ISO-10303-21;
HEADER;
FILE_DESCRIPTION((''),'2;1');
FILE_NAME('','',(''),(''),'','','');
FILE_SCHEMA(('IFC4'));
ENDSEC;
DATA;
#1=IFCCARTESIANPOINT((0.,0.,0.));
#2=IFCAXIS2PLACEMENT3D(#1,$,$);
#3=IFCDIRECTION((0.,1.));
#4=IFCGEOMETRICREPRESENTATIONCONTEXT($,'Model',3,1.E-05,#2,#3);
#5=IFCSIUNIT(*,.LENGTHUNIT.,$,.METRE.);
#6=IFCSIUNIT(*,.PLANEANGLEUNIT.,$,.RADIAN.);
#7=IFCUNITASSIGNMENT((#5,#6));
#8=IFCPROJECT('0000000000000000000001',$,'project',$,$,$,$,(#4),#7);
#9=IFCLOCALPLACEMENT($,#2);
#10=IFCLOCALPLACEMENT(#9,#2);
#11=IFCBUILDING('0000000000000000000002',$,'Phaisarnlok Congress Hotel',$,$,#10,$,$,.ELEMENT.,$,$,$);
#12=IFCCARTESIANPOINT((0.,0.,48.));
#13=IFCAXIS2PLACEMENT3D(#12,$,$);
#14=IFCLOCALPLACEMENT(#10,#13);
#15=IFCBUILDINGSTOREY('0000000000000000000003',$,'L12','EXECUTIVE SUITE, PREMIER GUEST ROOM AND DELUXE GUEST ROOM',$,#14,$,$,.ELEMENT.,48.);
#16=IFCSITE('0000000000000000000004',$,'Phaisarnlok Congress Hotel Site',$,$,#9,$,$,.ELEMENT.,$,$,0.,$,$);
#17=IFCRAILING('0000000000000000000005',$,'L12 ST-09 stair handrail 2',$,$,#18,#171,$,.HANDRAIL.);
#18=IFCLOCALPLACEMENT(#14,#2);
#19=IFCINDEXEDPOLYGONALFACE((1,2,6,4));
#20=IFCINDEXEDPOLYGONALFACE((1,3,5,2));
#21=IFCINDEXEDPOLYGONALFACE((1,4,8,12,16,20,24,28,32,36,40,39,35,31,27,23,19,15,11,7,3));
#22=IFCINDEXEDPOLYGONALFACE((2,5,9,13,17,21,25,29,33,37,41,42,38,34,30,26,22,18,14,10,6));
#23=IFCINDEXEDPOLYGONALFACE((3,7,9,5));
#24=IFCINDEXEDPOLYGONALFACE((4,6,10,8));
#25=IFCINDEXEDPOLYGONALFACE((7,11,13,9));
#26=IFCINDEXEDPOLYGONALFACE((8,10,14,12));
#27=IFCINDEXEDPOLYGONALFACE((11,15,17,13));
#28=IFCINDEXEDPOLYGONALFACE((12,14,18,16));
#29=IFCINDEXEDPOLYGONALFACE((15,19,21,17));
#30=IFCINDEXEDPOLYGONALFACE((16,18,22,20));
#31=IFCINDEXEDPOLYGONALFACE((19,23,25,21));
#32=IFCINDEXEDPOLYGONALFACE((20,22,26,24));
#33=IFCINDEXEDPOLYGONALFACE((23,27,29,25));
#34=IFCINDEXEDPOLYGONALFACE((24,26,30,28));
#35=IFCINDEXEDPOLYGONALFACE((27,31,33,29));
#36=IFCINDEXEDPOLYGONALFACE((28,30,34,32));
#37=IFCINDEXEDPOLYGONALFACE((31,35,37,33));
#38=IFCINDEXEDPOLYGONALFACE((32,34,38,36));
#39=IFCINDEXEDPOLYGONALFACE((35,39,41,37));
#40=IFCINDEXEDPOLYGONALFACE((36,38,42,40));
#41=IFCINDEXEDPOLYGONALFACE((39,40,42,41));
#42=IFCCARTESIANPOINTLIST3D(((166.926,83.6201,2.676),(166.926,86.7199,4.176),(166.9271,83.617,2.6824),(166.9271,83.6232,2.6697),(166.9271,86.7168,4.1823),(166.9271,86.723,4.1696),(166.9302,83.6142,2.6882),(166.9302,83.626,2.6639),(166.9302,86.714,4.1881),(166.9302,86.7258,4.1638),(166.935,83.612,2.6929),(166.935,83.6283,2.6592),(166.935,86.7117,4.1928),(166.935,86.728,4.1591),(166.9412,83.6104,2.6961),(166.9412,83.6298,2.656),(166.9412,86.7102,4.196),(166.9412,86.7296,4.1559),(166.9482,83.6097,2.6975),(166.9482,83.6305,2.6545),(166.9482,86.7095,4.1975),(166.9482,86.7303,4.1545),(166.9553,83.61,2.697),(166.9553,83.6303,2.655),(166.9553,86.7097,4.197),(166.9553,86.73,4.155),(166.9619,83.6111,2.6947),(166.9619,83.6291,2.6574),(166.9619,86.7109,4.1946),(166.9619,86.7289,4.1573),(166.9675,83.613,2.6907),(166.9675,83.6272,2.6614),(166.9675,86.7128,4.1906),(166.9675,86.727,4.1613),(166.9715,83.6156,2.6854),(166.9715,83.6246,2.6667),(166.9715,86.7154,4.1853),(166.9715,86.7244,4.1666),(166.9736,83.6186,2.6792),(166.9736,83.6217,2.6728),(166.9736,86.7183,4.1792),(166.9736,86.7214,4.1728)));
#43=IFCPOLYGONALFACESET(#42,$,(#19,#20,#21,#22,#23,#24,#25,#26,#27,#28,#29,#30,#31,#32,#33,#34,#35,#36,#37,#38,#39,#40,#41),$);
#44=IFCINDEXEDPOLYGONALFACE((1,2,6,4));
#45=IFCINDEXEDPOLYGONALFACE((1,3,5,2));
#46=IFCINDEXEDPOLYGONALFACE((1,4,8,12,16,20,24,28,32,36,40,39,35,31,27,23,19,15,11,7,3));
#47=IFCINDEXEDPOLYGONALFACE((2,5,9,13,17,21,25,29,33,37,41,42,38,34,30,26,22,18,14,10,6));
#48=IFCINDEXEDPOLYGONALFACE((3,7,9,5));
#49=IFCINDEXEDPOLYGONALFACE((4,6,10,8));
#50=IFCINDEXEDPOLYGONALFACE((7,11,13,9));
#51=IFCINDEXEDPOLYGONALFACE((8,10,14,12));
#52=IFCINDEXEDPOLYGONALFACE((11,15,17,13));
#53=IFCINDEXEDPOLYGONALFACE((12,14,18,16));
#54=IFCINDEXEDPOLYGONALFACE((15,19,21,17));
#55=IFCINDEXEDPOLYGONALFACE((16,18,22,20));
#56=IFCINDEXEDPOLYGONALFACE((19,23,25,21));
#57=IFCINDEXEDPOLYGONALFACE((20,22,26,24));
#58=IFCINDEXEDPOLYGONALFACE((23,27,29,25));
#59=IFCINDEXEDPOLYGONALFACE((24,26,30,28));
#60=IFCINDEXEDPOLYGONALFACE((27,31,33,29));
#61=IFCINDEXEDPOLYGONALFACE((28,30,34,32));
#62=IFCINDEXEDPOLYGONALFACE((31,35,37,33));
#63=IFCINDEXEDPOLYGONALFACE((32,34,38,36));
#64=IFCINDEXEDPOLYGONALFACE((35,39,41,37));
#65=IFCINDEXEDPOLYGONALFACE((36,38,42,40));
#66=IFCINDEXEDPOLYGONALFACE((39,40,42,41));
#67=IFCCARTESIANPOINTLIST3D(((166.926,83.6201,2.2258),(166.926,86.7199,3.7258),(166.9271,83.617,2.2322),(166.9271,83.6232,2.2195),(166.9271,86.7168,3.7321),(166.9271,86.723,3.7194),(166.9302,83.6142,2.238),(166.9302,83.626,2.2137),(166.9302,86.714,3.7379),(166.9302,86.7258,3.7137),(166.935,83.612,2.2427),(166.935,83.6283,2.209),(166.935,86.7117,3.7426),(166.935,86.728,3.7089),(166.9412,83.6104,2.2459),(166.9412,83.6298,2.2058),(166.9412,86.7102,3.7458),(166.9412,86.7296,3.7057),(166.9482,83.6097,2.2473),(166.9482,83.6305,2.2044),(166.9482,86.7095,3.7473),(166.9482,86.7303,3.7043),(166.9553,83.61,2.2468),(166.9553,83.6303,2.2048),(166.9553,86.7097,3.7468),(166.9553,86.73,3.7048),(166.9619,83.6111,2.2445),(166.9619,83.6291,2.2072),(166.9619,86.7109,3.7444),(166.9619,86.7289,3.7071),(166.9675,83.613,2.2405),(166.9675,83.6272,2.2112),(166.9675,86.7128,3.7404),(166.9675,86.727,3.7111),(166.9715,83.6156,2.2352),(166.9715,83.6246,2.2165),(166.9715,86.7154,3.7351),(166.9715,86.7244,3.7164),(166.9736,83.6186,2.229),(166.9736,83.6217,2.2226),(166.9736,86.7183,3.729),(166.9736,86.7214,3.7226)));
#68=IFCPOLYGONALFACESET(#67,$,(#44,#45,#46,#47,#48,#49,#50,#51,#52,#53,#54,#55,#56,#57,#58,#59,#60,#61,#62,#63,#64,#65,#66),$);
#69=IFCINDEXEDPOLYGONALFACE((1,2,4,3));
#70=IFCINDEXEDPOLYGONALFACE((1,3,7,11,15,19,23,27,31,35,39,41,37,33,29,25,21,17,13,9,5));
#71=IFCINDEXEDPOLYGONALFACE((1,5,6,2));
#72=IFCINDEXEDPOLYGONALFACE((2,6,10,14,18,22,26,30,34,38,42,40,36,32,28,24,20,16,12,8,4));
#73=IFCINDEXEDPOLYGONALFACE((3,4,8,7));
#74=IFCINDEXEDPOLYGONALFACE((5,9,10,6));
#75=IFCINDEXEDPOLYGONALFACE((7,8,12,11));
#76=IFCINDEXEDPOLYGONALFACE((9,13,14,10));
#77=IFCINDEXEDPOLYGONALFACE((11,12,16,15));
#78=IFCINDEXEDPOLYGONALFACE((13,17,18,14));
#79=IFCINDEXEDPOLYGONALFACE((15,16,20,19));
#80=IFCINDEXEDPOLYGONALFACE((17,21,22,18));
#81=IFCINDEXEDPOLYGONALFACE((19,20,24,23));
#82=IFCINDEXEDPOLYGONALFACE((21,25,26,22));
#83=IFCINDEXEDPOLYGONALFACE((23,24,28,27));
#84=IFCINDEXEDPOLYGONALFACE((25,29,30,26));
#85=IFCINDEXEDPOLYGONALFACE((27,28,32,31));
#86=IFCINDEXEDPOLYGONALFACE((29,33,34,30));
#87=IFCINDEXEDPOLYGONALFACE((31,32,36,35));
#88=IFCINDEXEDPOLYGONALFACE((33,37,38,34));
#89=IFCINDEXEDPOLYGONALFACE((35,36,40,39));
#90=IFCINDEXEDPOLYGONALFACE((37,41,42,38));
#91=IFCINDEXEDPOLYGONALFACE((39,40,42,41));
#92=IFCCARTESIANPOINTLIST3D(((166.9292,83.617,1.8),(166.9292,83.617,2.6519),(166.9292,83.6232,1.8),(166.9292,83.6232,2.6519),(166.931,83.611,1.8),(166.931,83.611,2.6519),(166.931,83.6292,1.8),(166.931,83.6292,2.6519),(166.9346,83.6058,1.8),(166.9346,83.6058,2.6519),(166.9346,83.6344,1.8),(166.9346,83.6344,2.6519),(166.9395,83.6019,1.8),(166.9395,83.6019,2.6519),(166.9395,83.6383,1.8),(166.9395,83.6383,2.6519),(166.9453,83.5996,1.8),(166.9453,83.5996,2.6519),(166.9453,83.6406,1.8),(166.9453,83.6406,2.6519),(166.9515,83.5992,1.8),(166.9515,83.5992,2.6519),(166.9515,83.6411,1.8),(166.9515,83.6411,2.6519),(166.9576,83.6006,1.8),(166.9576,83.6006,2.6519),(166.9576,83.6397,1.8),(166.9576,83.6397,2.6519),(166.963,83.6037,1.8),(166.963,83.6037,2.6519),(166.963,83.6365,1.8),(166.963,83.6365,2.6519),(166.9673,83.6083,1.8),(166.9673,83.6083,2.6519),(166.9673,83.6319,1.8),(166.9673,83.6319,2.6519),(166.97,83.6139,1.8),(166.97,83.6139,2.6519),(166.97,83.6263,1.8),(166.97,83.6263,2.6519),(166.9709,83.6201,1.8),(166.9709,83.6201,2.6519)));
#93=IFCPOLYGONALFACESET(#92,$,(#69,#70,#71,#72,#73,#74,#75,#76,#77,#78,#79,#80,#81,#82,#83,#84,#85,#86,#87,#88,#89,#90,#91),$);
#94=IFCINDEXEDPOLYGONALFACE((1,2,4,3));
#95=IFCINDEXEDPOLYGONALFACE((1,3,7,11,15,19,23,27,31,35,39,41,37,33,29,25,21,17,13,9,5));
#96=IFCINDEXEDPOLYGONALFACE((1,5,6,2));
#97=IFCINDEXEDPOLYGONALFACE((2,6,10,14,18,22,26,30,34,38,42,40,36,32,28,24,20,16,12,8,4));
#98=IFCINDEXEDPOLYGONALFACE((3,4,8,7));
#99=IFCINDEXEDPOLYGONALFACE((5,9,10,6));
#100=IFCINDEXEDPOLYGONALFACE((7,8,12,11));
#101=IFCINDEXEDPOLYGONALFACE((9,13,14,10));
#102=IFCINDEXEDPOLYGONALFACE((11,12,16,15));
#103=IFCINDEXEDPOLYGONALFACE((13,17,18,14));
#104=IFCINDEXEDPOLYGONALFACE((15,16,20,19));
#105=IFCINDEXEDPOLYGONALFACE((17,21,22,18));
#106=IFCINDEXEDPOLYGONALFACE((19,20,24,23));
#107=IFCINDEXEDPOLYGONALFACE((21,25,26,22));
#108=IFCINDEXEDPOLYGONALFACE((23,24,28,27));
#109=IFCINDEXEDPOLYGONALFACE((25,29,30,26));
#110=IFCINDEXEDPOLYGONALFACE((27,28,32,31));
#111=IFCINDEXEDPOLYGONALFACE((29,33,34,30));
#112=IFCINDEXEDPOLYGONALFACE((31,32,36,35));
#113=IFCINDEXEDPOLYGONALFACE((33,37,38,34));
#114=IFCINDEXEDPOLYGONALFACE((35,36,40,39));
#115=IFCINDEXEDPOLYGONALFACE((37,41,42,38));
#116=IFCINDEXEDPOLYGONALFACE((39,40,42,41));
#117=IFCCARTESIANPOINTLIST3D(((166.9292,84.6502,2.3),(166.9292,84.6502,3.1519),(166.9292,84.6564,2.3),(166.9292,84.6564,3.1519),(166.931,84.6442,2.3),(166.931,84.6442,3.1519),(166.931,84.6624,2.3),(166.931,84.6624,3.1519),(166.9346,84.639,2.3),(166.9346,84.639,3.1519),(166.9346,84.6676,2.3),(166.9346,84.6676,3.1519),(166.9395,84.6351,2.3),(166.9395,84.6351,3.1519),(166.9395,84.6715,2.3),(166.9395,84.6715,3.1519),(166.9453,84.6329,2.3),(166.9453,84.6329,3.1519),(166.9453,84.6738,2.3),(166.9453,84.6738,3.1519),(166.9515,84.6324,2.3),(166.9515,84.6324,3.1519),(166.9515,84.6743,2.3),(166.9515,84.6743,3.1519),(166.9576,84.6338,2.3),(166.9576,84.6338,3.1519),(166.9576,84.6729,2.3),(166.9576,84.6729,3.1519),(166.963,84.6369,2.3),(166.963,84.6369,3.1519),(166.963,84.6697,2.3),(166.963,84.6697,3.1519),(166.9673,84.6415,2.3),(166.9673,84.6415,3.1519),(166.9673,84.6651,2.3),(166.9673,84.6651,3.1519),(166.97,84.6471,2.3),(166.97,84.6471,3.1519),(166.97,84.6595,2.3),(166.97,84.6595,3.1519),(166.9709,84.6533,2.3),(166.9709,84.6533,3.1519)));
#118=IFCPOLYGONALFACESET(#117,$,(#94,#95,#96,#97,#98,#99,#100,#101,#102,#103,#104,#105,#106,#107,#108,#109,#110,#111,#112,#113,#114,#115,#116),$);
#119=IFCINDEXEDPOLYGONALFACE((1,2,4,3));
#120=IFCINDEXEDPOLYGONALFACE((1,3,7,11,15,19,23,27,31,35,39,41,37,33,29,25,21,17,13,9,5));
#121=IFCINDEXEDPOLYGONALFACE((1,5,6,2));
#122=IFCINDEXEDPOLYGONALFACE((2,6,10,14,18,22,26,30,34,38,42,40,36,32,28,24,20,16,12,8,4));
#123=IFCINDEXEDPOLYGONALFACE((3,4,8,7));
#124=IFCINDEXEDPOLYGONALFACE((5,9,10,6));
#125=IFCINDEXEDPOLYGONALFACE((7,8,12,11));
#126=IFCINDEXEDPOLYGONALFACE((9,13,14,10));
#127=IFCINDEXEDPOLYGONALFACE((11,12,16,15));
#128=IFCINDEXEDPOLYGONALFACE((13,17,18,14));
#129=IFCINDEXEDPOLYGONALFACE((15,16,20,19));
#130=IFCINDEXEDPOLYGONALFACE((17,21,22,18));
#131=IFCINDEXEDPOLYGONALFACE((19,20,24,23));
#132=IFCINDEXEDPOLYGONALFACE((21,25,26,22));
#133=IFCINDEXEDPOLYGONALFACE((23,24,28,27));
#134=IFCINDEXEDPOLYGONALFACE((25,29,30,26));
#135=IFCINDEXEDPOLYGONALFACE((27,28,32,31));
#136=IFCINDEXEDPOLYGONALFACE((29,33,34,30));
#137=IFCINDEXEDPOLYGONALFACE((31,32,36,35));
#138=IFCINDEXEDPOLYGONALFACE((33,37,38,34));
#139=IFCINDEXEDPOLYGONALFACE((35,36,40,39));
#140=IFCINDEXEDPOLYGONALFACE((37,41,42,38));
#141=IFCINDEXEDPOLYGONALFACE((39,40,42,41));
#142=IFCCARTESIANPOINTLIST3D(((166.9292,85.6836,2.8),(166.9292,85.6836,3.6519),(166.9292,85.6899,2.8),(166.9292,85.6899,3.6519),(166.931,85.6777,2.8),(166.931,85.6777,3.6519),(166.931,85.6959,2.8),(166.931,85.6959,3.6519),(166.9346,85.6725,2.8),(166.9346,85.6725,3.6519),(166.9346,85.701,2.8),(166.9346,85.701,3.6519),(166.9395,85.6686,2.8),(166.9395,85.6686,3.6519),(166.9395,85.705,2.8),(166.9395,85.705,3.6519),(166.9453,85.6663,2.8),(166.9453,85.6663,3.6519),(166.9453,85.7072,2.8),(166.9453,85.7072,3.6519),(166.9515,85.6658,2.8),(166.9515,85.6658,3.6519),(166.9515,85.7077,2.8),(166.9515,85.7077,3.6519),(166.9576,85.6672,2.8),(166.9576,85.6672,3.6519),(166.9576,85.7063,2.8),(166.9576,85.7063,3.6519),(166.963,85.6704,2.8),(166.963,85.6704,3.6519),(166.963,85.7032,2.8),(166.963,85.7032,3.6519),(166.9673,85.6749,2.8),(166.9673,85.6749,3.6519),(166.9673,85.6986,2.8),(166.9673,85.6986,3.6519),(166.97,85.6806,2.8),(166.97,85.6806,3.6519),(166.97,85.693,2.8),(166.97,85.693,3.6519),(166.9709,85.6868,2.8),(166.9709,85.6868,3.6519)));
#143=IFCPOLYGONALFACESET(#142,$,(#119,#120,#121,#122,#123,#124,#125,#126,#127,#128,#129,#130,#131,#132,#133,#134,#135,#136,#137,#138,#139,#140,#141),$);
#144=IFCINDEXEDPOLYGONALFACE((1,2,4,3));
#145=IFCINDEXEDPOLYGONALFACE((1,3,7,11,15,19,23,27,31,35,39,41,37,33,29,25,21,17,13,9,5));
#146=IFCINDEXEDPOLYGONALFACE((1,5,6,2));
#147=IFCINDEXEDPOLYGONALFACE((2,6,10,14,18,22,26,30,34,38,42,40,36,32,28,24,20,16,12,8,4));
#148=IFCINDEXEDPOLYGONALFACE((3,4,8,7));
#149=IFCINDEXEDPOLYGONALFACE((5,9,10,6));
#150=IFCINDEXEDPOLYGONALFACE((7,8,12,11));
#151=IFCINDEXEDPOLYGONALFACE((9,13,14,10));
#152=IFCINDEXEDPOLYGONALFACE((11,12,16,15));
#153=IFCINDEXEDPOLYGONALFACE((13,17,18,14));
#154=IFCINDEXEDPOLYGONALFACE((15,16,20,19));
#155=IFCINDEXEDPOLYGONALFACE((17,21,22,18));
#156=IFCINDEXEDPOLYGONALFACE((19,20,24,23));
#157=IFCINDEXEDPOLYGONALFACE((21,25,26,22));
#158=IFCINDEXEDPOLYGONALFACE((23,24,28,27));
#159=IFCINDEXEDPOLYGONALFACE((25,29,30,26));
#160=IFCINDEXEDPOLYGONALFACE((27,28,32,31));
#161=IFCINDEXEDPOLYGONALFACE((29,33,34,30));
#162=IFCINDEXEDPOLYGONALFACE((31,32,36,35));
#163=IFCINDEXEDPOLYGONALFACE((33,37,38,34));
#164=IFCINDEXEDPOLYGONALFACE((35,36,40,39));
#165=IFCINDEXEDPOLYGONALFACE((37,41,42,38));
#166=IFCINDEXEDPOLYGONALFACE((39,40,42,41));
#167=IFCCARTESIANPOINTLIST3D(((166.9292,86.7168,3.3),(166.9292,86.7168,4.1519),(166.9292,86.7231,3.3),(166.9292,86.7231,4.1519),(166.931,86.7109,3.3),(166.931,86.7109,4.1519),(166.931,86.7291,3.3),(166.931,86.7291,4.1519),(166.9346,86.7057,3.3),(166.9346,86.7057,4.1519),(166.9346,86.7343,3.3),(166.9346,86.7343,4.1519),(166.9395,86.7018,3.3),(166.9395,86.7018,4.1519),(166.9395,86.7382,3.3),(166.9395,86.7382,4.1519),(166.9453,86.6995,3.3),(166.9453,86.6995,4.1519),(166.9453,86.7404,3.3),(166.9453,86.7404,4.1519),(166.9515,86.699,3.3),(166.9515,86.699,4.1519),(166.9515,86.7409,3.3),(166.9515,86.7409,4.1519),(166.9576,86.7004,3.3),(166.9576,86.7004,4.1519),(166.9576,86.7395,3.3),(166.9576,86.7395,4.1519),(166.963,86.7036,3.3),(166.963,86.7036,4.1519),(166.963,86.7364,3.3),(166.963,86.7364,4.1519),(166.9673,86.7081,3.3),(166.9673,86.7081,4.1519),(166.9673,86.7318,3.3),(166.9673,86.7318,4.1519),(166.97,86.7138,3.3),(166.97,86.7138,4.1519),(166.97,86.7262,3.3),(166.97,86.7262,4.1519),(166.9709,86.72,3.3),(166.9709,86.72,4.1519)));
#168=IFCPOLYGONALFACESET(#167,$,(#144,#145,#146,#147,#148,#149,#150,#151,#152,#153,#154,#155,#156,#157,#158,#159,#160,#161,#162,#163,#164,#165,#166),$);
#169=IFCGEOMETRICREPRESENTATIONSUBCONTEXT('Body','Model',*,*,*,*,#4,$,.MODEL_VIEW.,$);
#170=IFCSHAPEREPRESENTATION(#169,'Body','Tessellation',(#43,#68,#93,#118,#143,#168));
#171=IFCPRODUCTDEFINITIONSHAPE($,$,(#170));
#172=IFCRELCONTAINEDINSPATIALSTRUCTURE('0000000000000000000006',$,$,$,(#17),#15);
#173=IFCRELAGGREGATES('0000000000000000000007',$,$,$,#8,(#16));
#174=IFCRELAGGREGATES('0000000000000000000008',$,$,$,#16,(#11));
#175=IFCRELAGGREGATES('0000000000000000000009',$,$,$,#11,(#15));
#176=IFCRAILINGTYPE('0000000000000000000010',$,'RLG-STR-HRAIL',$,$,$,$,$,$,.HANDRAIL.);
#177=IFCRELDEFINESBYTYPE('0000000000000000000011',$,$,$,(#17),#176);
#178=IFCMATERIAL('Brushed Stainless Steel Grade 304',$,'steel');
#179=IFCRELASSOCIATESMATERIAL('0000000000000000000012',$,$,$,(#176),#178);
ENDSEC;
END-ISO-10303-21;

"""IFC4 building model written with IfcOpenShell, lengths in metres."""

from ifc_helpers import new_model, si_unit, direction, frame, origin, origin_2d, place, context, subcontext, project, spatial, circle, extrude, material, type_object, element, save


model = new_model("IFC4")

# Units and contexts
model_context = context("Model", 3, precision=1e-05, world=origin(), true_north=direction((0.0, 1.0)))
body_context = subcontext(model_context, "Body", "Model", "MODEL_VIEW")
ifc_project = project(units=[si_unit("LENGTHUNIT", "METRE"), si_unit("PLANEANGLEUNIT", "RADIAN")], contexts=[model_context])

# Site, building, storey
site_placement = place(None, origin())
site = spatial("IfcSite", under=ifc_project, at=site_placement, Name="Phaisarnlok Congress Hotel Site", CompositionType="ELEMENT", RefElevation=0.0)
building_placement = place(site_placement, origin())
building = spatial("IfcBuilding", under=site, at=building_placement, Name="Phaisarnlok Congress Hotel", CompositionType="ELEMENT")
storey_placement = place(building_placement, frame((0.0, 0.0, 48.0)))
storey = spatial("IfcBuildingStorey", under=building, at=storey_placement, Name="L12", Description="EXECUTIVE SUITE, PREMIER GUEST ROOM AND DELUXE GUEST ROOM", CompositionType="ELEMENT", Elevation=48.0)

# Shared definitions
ifc_material_1 = material(Name="Brushed Stainless Steel Grade 304", Category="steel")

# Railing
railing_type_1 = type_object("IfcRailingType", Name="RLG-STR-HRAIL", PredefinedType="HANDRAIL", material=ifc_material_1)
railing_1_placement = place(storey_placement, frame((166.95, 83.6201, 1.8)))
element("IfcRailing", 1, at=railing_1_placement, inside=storey, type_object=railing_type_1, Name="L12 ST-09 stair handrail 2", PredefinedType="HANDRAIL", context=body_context, shape_type="SweptSolid", body=[
    extrude(circle(Radius=0.0239, at=origin_2d()), frame((0.0, 0.0, 0.876), z_axis=(0.0, 0.900151, 0.435578), x_axis=(-1.0, 0.0, 0.0)), (0.0, 0.0, 1.0), 3.4436),
    extrude(circle(Radius=0.0239, at=origin_2d()), frame((0.0, 0.0, 0.4258), z_axis=(0.0, 0.900151, 0.435578), x_axis=(-1.0, 0.0, 0.0)), (0.0, 0.0, 1.0), 3.4436),
    extrude(circle(Radius=0.021, at=origin_2d()), origin(), (0.0, 0.0, 1.0), 0.8518),
    extrude(circle(Radius=0.021, at=origin_2d()), frame((0.0, 1.0332, 0.5)), (0.0, 0.0, 1.0), 0.8518),
    extrude(circle(Radius=0.021, at=origin_2d()), frame((0.0, 2.0667, 1.0)), (0.0, 0.0, 1.0), 0.8518),
    extrude(circle(Radius=0.021, at=origin_2d()), frame((0.0, 3.0999, 1.5)), (0.0, 0.0, 1.0), 0.8518),
])

save(model, "model.ifc")
